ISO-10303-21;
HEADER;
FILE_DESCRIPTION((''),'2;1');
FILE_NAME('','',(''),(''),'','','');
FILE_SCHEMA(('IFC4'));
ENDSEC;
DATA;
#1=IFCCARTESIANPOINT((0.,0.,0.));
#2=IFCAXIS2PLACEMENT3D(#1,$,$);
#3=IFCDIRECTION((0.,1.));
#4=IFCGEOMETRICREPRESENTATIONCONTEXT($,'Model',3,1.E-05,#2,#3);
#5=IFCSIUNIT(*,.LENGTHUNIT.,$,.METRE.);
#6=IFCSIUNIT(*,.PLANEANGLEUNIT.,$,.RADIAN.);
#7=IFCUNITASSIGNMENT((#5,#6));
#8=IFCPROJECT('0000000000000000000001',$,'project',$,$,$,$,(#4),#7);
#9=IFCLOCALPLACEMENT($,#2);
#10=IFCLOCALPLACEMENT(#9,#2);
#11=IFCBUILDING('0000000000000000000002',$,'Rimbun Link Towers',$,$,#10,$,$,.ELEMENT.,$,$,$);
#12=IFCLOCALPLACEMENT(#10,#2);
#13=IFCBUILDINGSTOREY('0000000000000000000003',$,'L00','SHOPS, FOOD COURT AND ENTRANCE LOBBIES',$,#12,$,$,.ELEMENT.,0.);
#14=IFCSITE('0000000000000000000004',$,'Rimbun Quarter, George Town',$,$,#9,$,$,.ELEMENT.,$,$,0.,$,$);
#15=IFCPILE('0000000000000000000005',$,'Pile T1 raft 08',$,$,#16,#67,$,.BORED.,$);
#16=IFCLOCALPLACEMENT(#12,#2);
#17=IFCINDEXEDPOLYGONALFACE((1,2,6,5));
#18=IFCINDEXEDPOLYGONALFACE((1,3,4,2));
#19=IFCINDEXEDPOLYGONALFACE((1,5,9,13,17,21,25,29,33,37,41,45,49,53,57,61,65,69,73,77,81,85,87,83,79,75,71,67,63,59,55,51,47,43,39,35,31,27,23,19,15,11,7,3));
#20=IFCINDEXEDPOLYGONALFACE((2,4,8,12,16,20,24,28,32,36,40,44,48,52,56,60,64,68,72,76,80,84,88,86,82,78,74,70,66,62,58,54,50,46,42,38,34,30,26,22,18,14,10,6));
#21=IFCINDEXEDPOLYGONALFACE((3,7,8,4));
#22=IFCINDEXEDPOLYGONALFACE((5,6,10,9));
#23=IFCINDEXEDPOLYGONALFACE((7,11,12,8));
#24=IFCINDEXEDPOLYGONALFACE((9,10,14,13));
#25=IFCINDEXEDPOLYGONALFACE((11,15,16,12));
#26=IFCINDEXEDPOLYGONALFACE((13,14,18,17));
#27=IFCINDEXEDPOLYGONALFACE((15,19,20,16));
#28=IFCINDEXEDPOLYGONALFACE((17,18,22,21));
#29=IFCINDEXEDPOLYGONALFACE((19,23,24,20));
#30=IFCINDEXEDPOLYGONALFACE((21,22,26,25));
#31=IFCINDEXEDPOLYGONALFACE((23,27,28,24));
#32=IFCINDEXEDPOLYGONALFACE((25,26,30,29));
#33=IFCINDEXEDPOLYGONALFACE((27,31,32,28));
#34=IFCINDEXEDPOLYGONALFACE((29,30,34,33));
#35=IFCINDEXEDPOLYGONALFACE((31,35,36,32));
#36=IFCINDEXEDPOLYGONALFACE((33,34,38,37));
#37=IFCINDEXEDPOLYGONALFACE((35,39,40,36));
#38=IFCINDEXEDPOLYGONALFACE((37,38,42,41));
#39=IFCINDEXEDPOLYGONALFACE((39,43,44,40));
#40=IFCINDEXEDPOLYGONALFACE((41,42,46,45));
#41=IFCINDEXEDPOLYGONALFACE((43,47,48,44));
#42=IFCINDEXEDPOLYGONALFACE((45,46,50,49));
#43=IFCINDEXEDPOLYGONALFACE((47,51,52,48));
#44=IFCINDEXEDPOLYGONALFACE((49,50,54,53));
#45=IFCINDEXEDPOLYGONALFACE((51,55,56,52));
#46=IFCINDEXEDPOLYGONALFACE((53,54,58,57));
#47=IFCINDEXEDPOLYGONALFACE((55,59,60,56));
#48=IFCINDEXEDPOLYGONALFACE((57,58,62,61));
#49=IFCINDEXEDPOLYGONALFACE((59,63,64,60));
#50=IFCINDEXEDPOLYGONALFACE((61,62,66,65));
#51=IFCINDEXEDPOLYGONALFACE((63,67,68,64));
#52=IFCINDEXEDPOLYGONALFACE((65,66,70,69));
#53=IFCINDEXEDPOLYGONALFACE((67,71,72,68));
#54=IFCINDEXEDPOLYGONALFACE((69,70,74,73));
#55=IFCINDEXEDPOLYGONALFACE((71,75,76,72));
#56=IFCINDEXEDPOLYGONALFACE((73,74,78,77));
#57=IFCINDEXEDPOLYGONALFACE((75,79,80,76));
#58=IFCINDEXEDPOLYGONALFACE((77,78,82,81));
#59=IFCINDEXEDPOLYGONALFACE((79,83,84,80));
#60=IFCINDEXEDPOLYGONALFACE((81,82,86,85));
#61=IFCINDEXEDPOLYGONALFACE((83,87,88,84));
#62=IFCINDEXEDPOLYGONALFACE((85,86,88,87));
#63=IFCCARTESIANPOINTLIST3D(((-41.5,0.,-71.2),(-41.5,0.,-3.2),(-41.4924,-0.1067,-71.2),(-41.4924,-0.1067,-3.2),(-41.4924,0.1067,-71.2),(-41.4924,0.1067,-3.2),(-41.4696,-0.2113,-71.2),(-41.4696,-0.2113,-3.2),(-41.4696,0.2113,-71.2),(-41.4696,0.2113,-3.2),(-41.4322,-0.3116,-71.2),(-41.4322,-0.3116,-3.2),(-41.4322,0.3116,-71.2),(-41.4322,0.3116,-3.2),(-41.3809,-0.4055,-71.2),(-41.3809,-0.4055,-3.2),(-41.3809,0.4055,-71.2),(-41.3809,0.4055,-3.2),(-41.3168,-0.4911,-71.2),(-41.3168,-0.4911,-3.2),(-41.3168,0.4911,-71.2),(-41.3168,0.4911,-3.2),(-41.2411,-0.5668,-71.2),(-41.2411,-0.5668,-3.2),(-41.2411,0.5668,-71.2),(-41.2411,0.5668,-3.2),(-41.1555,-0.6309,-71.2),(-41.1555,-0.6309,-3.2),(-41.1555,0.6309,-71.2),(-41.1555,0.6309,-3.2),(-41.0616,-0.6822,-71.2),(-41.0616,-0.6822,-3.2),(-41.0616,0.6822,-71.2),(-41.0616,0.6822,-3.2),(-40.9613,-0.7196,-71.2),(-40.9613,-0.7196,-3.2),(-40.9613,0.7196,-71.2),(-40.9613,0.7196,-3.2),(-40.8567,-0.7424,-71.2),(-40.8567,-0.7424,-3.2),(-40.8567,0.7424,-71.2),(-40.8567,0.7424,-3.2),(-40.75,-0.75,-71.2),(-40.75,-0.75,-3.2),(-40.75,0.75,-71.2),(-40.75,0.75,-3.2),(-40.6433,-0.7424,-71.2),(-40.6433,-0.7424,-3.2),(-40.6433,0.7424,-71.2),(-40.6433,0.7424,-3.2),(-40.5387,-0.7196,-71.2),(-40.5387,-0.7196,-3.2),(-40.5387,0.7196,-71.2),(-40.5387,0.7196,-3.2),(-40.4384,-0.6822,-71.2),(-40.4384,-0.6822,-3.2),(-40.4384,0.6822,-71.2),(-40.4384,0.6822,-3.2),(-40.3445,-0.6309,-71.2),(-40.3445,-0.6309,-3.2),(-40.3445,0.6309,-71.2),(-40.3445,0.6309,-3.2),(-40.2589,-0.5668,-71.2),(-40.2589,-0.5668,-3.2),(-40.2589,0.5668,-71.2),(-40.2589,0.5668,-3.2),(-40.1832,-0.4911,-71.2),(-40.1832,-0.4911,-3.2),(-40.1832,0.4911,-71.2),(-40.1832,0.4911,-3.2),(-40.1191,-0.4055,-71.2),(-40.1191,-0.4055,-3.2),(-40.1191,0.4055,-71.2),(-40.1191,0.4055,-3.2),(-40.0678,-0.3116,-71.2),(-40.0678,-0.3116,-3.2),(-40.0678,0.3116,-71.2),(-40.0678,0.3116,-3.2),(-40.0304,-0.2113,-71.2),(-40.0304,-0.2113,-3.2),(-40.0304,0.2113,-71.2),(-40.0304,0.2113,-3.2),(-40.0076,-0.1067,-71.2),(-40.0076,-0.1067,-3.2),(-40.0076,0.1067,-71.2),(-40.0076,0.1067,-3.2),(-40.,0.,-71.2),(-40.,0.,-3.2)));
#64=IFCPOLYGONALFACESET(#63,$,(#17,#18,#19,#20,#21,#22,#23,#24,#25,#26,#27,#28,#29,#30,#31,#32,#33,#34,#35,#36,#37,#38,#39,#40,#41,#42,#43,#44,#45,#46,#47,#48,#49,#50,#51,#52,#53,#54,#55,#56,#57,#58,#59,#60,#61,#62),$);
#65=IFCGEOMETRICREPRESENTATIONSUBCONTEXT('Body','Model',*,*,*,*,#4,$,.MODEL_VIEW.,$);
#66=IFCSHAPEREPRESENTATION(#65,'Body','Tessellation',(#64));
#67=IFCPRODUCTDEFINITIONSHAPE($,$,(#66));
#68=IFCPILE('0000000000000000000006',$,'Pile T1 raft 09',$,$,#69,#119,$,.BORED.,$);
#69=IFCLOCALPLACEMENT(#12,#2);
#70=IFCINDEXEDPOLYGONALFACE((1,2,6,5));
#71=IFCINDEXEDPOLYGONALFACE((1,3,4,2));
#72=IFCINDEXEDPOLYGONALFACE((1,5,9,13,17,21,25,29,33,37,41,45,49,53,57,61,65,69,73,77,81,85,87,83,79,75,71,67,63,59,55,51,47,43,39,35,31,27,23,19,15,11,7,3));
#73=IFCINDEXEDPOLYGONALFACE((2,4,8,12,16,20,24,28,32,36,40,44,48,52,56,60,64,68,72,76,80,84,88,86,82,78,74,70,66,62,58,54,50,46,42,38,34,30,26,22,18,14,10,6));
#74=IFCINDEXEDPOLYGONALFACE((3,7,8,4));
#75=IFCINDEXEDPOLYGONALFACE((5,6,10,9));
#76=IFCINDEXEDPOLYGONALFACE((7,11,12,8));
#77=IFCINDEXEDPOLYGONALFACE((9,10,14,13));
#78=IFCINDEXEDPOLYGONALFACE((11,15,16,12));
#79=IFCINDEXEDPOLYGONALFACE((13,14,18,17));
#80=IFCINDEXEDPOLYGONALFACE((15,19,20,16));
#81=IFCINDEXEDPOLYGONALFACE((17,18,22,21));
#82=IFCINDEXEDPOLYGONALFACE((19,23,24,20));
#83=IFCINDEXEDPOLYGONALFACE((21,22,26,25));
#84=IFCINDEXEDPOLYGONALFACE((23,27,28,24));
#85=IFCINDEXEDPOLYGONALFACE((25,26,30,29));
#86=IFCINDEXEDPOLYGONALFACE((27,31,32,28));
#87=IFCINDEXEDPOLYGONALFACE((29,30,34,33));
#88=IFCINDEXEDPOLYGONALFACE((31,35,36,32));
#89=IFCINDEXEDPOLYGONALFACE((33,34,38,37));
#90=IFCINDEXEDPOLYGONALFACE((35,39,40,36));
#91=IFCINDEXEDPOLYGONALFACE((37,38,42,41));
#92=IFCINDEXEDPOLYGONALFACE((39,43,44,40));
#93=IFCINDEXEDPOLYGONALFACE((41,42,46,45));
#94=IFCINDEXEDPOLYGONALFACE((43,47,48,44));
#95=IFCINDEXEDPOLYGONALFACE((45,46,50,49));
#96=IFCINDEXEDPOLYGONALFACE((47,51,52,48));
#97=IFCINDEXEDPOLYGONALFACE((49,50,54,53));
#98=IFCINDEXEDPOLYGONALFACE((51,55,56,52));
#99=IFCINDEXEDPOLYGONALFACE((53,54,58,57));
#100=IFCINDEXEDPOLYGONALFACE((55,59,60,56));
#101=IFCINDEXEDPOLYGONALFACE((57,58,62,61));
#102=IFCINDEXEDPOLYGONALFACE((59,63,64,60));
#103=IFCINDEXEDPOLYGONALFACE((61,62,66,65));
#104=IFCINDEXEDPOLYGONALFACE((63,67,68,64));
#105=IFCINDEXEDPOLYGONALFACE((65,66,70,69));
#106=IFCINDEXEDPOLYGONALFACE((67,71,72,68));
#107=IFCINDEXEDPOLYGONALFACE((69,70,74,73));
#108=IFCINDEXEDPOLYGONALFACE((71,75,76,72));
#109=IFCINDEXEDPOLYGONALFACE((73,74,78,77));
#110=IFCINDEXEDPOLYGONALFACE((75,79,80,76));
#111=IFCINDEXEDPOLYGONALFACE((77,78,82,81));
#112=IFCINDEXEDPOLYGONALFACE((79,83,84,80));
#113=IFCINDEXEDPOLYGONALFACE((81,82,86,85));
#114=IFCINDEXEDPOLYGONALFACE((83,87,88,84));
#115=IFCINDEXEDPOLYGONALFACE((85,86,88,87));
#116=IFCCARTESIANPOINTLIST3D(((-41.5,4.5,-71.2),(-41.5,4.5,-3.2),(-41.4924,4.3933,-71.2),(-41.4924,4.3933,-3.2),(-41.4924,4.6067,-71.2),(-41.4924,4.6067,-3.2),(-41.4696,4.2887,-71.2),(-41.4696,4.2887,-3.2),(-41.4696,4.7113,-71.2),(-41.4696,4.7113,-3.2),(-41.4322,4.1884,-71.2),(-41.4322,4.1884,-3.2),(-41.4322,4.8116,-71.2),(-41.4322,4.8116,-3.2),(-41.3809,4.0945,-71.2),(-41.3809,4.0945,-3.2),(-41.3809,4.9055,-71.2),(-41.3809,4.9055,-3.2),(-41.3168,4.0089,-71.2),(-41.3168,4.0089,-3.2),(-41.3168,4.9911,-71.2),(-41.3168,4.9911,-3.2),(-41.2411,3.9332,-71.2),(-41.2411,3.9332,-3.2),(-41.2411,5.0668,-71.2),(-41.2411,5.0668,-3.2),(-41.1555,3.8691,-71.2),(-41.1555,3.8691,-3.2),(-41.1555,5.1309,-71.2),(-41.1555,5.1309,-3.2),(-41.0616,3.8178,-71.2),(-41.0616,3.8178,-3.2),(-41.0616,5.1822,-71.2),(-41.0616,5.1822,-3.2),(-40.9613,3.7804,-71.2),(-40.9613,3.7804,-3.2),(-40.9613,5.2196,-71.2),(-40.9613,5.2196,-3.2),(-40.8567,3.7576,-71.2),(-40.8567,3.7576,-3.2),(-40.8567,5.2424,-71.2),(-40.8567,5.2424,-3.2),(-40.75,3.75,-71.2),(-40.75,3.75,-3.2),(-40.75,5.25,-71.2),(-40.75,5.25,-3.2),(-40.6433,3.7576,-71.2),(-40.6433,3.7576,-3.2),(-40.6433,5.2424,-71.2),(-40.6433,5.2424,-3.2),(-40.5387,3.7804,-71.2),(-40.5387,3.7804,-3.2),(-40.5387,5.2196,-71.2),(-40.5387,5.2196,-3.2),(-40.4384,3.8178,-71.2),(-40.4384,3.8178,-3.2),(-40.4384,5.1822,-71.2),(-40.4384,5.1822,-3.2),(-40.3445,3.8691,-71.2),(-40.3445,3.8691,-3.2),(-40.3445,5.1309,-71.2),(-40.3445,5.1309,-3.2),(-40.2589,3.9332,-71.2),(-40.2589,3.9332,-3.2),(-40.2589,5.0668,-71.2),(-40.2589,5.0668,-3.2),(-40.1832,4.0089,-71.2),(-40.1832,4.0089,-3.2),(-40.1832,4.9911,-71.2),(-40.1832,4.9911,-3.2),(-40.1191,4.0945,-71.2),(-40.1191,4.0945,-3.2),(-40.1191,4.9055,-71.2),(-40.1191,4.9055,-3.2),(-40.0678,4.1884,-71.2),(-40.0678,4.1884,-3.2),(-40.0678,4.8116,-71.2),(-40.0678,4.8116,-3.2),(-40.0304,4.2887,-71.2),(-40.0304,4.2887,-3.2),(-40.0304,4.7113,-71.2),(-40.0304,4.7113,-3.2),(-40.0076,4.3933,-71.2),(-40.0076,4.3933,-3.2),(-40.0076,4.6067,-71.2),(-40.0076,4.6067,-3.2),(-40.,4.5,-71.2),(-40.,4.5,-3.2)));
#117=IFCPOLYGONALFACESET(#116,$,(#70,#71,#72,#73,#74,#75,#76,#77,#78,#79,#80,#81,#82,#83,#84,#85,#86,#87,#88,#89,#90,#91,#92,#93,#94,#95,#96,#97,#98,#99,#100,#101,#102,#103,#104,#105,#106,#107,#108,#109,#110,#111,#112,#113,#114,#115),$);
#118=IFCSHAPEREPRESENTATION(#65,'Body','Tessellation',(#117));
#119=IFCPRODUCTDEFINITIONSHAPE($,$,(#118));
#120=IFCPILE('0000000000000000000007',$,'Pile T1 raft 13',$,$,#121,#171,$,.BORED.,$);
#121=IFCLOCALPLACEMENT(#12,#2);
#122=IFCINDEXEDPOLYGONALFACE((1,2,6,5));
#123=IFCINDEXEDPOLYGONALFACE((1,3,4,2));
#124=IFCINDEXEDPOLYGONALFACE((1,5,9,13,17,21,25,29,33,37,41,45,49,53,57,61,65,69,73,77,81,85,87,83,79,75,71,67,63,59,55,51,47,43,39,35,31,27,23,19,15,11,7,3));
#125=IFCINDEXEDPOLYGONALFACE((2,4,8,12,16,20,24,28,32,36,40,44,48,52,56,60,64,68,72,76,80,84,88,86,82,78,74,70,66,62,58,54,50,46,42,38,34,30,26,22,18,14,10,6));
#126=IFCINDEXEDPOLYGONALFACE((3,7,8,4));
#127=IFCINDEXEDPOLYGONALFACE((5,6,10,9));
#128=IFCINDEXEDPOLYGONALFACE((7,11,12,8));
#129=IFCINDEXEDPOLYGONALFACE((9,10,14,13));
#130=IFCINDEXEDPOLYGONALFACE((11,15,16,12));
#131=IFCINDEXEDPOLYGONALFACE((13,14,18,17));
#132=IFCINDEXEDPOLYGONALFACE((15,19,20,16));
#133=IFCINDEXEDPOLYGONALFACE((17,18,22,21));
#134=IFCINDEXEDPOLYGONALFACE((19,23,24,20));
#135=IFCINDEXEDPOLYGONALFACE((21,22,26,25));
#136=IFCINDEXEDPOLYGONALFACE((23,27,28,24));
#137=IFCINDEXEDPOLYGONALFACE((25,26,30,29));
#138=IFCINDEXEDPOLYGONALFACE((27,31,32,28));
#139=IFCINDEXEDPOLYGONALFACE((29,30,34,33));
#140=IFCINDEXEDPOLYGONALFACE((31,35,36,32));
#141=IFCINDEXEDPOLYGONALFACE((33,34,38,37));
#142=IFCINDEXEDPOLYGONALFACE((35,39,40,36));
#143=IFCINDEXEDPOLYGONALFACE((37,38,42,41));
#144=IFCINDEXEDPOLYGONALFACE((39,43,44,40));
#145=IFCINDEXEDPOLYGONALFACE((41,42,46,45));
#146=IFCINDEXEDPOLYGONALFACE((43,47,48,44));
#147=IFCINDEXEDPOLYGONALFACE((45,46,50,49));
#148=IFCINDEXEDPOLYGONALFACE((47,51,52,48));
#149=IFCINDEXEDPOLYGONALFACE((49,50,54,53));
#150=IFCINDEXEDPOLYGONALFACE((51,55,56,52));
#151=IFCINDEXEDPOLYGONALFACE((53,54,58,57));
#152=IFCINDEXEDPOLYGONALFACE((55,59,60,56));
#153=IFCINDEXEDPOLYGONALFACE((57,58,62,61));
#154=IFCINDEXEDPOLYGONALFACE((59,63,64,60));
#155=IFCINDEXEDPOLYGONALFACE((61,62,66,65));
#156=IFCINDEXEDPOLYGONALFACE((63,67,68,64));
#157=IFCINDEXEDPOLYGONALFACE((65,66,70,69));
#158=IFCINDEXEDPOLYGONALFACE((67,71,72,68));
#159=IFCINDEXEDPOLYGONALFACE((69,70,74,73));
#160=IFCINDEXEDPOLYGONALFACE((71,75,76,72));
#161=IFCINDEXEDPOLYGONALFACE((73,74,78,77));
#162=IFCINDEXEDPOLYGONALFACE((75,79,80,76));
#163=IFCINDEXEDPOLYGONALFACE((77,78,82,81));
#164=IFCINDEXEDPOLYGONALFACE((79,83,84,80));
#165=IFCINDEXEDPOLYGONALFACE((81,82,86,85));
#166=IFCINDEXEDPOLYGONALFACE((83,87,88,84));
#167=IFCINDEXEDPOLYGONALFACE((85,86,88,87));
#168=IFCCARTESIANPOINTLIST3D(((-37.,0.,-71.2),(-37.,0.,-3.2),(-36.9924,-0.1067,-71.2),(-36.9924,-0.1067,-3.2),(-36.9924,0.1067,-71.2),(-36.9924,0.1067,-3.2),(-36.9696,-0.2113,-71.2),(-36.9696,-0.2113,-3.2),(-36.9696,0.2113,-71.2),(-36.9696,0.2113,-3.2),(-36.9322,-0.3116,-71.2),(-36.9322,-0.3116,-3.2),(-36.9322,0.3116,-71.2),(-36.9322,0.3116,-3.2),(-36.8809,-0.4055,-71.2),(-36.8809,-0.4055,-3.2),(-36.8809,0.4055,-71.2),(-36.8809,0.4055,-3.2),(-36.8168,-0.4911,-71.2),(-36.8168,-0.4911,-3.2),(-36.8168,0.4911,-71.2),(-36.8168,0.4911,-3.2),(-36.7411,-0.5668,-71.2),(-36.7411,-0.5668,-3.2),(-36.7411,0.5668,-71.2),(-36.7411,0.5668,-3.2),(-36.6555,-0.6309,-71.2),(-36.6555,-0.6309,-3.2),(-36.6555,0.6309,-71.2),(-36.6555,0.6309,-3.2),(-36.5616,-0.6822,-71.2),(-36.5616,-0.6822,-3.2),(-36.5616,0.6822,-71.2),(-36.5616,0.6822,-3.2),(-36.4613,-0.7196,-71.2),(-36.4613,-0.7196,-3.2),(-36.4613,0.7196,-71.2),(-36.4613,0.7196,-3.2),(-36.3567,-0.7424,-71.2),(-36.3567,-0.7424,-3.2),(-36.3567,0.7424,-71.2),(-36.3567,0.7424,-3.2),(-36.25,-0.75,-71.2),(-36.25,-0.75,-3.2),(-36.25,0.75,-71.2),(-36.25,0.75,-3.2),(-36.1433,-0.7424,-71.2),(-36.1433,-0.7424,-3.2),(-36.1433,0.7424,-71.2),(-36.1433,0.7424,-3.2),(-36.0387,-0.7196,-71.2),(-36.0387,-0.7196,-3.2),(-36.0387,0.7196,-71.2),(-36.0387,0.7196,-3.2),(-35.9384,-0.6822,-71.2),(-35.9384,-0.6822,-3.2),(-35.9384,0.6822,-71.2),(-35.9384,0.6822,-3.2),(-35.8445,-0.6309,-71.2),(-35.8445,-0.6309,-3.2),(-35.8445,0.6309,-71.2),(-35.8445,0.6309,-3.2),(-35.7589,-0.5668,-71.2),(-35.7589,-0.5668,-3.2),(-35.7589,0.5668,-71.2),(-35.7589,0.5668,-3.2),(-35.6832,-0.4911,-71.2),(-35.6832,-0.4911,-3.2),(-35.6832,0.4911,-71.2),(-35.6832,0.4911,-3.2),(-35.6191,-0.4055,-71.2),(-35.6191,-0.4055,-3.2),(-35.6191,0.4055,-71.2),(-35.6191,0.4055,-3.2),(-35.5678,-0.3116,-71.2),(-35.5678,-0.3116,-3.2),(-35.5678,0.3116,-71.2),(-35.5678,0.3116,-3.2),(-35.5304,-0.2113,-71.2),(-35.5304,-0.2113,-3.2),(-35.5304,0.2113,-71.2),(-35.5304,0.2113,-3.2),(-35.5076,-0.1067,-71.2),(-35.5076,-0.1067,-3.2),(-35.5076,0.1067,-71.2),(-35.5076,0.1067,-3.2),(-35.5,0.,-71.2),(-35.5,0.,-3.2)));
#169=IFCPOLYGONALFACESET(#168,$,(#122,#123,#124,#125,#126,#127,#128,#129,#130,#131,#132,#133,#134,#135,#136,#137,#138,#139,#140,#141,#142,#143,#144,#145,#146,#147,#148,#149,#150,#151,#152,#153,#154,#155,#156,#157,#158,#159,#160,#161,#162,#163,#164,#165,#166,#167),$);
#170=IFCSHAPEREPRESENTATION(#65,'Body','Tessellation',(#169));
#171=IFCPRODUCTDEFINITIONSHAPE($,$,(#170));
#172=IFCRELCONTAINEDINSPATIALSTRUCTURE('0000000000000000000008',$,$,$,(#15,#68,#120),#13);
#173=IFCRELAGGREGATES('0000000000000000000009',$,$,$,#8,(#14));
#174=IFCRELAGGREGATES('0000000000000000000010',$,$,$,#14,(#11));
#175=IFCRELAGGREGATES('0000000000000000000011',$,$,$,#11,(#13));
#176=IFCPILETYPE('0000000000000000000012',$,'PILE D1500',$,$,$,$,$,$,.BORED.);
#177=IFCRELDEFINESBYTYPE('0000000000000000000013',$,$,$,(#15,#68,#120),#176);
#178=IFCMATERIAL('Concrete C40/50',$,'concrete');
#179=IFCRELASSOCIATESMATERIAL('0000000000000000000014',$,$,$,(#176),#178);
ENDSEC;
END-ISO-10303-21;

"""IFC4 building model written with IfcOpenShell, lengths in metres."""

from ifc_helpers import new_model, si_unit, direction, frame, origin, origin_2d, place, context, subcontext, project, spatial, circle, extrude, material, material_profile, profile_set, type_object, element, save


model = new_model("IFC4")

# Units and contexts
model_context = context("Model", 3, precision=1e-05, world=origin(), true_north=direction((0.0, 1.0)))
body_context = subcontext(model_context, "Body", "Model", "MODEL_VIEW")
ifc_project = project(units=[si_unit("LENGTHUNIT", "METRE"), si_unit("PLANEANGLEUNIT", "RADIAN")], contexts=[model_context])

# Site, building, storey
site_placement = place(None, origin())
site = spatial("IfcSite", under=ifc_project, at=site_placement, Name="Rimbun Quarter, George Town", CompositionType="ELEMENT", RefElevation=0.0)
building_placement = place(site_placement, origin())
building = spatial("IfcBuilding", under=site, at=building_placement, Name="Rimbun Link Towers", CompositionType="ELEMENT")
storey_placement = place(building_placement, origin())
storey = spatial("IfcBuildingStorey", under=building, at=storey_placement, Name="L00", Description="SHOPS, FOOD COURT AND ENTRANCE LOBBIES", CompositionType="ELEMENT", Elevation=0.0)

# Piles
ifc_material_1 = material(Name="Concrete C40/50", Category="concrete")
ifc_material_profile = material_profile(ifc_material_1, circle(Radius=0.75, at=origin_2d()), Name="PILE D1500")
ifc_profile_set = profile_set([ifc_material_profile], Name="Concrete C40/50")
pile_type = type_object("IfcPileType", Name="PILE D1500", PredefinedType="BORED", material=ifc_profile_set)
for number, where, z_axis, x_axis, name in (
    (1, (-40.75, 0.0, -3.2), (0.0, 0.0, -1.0), (1.0, 0.0, 0.0), "Pile T1 raft 08"),
    (2, (-40.75, 4.5, -3.2), (0.0, 0.0, -1.0), (1.0, 0.0, 0.0), "Pile T1 raft 09"),
    (3, (-36.25, 0.0, -3.2), (0.0, 0.0, -1.0), (1.0, 0.0, 0.0), "Pile T1 raft 13"),
):
    element("IfcPile", number, at=place(storey_placement, frame(where, z_axis=z_axis, x_axis=x_axis)), inside=storey, type_object=pile_type, Name=name, PredefinedType="BORED", context=body_context, shape_type="SweptSolid", body=[
        extrude(circle(Radius=0.75, at=origin_2d()), origin(), (0.0, 0.0, 1.0), 68.0),
    ])

save(model, "model.ifc")
